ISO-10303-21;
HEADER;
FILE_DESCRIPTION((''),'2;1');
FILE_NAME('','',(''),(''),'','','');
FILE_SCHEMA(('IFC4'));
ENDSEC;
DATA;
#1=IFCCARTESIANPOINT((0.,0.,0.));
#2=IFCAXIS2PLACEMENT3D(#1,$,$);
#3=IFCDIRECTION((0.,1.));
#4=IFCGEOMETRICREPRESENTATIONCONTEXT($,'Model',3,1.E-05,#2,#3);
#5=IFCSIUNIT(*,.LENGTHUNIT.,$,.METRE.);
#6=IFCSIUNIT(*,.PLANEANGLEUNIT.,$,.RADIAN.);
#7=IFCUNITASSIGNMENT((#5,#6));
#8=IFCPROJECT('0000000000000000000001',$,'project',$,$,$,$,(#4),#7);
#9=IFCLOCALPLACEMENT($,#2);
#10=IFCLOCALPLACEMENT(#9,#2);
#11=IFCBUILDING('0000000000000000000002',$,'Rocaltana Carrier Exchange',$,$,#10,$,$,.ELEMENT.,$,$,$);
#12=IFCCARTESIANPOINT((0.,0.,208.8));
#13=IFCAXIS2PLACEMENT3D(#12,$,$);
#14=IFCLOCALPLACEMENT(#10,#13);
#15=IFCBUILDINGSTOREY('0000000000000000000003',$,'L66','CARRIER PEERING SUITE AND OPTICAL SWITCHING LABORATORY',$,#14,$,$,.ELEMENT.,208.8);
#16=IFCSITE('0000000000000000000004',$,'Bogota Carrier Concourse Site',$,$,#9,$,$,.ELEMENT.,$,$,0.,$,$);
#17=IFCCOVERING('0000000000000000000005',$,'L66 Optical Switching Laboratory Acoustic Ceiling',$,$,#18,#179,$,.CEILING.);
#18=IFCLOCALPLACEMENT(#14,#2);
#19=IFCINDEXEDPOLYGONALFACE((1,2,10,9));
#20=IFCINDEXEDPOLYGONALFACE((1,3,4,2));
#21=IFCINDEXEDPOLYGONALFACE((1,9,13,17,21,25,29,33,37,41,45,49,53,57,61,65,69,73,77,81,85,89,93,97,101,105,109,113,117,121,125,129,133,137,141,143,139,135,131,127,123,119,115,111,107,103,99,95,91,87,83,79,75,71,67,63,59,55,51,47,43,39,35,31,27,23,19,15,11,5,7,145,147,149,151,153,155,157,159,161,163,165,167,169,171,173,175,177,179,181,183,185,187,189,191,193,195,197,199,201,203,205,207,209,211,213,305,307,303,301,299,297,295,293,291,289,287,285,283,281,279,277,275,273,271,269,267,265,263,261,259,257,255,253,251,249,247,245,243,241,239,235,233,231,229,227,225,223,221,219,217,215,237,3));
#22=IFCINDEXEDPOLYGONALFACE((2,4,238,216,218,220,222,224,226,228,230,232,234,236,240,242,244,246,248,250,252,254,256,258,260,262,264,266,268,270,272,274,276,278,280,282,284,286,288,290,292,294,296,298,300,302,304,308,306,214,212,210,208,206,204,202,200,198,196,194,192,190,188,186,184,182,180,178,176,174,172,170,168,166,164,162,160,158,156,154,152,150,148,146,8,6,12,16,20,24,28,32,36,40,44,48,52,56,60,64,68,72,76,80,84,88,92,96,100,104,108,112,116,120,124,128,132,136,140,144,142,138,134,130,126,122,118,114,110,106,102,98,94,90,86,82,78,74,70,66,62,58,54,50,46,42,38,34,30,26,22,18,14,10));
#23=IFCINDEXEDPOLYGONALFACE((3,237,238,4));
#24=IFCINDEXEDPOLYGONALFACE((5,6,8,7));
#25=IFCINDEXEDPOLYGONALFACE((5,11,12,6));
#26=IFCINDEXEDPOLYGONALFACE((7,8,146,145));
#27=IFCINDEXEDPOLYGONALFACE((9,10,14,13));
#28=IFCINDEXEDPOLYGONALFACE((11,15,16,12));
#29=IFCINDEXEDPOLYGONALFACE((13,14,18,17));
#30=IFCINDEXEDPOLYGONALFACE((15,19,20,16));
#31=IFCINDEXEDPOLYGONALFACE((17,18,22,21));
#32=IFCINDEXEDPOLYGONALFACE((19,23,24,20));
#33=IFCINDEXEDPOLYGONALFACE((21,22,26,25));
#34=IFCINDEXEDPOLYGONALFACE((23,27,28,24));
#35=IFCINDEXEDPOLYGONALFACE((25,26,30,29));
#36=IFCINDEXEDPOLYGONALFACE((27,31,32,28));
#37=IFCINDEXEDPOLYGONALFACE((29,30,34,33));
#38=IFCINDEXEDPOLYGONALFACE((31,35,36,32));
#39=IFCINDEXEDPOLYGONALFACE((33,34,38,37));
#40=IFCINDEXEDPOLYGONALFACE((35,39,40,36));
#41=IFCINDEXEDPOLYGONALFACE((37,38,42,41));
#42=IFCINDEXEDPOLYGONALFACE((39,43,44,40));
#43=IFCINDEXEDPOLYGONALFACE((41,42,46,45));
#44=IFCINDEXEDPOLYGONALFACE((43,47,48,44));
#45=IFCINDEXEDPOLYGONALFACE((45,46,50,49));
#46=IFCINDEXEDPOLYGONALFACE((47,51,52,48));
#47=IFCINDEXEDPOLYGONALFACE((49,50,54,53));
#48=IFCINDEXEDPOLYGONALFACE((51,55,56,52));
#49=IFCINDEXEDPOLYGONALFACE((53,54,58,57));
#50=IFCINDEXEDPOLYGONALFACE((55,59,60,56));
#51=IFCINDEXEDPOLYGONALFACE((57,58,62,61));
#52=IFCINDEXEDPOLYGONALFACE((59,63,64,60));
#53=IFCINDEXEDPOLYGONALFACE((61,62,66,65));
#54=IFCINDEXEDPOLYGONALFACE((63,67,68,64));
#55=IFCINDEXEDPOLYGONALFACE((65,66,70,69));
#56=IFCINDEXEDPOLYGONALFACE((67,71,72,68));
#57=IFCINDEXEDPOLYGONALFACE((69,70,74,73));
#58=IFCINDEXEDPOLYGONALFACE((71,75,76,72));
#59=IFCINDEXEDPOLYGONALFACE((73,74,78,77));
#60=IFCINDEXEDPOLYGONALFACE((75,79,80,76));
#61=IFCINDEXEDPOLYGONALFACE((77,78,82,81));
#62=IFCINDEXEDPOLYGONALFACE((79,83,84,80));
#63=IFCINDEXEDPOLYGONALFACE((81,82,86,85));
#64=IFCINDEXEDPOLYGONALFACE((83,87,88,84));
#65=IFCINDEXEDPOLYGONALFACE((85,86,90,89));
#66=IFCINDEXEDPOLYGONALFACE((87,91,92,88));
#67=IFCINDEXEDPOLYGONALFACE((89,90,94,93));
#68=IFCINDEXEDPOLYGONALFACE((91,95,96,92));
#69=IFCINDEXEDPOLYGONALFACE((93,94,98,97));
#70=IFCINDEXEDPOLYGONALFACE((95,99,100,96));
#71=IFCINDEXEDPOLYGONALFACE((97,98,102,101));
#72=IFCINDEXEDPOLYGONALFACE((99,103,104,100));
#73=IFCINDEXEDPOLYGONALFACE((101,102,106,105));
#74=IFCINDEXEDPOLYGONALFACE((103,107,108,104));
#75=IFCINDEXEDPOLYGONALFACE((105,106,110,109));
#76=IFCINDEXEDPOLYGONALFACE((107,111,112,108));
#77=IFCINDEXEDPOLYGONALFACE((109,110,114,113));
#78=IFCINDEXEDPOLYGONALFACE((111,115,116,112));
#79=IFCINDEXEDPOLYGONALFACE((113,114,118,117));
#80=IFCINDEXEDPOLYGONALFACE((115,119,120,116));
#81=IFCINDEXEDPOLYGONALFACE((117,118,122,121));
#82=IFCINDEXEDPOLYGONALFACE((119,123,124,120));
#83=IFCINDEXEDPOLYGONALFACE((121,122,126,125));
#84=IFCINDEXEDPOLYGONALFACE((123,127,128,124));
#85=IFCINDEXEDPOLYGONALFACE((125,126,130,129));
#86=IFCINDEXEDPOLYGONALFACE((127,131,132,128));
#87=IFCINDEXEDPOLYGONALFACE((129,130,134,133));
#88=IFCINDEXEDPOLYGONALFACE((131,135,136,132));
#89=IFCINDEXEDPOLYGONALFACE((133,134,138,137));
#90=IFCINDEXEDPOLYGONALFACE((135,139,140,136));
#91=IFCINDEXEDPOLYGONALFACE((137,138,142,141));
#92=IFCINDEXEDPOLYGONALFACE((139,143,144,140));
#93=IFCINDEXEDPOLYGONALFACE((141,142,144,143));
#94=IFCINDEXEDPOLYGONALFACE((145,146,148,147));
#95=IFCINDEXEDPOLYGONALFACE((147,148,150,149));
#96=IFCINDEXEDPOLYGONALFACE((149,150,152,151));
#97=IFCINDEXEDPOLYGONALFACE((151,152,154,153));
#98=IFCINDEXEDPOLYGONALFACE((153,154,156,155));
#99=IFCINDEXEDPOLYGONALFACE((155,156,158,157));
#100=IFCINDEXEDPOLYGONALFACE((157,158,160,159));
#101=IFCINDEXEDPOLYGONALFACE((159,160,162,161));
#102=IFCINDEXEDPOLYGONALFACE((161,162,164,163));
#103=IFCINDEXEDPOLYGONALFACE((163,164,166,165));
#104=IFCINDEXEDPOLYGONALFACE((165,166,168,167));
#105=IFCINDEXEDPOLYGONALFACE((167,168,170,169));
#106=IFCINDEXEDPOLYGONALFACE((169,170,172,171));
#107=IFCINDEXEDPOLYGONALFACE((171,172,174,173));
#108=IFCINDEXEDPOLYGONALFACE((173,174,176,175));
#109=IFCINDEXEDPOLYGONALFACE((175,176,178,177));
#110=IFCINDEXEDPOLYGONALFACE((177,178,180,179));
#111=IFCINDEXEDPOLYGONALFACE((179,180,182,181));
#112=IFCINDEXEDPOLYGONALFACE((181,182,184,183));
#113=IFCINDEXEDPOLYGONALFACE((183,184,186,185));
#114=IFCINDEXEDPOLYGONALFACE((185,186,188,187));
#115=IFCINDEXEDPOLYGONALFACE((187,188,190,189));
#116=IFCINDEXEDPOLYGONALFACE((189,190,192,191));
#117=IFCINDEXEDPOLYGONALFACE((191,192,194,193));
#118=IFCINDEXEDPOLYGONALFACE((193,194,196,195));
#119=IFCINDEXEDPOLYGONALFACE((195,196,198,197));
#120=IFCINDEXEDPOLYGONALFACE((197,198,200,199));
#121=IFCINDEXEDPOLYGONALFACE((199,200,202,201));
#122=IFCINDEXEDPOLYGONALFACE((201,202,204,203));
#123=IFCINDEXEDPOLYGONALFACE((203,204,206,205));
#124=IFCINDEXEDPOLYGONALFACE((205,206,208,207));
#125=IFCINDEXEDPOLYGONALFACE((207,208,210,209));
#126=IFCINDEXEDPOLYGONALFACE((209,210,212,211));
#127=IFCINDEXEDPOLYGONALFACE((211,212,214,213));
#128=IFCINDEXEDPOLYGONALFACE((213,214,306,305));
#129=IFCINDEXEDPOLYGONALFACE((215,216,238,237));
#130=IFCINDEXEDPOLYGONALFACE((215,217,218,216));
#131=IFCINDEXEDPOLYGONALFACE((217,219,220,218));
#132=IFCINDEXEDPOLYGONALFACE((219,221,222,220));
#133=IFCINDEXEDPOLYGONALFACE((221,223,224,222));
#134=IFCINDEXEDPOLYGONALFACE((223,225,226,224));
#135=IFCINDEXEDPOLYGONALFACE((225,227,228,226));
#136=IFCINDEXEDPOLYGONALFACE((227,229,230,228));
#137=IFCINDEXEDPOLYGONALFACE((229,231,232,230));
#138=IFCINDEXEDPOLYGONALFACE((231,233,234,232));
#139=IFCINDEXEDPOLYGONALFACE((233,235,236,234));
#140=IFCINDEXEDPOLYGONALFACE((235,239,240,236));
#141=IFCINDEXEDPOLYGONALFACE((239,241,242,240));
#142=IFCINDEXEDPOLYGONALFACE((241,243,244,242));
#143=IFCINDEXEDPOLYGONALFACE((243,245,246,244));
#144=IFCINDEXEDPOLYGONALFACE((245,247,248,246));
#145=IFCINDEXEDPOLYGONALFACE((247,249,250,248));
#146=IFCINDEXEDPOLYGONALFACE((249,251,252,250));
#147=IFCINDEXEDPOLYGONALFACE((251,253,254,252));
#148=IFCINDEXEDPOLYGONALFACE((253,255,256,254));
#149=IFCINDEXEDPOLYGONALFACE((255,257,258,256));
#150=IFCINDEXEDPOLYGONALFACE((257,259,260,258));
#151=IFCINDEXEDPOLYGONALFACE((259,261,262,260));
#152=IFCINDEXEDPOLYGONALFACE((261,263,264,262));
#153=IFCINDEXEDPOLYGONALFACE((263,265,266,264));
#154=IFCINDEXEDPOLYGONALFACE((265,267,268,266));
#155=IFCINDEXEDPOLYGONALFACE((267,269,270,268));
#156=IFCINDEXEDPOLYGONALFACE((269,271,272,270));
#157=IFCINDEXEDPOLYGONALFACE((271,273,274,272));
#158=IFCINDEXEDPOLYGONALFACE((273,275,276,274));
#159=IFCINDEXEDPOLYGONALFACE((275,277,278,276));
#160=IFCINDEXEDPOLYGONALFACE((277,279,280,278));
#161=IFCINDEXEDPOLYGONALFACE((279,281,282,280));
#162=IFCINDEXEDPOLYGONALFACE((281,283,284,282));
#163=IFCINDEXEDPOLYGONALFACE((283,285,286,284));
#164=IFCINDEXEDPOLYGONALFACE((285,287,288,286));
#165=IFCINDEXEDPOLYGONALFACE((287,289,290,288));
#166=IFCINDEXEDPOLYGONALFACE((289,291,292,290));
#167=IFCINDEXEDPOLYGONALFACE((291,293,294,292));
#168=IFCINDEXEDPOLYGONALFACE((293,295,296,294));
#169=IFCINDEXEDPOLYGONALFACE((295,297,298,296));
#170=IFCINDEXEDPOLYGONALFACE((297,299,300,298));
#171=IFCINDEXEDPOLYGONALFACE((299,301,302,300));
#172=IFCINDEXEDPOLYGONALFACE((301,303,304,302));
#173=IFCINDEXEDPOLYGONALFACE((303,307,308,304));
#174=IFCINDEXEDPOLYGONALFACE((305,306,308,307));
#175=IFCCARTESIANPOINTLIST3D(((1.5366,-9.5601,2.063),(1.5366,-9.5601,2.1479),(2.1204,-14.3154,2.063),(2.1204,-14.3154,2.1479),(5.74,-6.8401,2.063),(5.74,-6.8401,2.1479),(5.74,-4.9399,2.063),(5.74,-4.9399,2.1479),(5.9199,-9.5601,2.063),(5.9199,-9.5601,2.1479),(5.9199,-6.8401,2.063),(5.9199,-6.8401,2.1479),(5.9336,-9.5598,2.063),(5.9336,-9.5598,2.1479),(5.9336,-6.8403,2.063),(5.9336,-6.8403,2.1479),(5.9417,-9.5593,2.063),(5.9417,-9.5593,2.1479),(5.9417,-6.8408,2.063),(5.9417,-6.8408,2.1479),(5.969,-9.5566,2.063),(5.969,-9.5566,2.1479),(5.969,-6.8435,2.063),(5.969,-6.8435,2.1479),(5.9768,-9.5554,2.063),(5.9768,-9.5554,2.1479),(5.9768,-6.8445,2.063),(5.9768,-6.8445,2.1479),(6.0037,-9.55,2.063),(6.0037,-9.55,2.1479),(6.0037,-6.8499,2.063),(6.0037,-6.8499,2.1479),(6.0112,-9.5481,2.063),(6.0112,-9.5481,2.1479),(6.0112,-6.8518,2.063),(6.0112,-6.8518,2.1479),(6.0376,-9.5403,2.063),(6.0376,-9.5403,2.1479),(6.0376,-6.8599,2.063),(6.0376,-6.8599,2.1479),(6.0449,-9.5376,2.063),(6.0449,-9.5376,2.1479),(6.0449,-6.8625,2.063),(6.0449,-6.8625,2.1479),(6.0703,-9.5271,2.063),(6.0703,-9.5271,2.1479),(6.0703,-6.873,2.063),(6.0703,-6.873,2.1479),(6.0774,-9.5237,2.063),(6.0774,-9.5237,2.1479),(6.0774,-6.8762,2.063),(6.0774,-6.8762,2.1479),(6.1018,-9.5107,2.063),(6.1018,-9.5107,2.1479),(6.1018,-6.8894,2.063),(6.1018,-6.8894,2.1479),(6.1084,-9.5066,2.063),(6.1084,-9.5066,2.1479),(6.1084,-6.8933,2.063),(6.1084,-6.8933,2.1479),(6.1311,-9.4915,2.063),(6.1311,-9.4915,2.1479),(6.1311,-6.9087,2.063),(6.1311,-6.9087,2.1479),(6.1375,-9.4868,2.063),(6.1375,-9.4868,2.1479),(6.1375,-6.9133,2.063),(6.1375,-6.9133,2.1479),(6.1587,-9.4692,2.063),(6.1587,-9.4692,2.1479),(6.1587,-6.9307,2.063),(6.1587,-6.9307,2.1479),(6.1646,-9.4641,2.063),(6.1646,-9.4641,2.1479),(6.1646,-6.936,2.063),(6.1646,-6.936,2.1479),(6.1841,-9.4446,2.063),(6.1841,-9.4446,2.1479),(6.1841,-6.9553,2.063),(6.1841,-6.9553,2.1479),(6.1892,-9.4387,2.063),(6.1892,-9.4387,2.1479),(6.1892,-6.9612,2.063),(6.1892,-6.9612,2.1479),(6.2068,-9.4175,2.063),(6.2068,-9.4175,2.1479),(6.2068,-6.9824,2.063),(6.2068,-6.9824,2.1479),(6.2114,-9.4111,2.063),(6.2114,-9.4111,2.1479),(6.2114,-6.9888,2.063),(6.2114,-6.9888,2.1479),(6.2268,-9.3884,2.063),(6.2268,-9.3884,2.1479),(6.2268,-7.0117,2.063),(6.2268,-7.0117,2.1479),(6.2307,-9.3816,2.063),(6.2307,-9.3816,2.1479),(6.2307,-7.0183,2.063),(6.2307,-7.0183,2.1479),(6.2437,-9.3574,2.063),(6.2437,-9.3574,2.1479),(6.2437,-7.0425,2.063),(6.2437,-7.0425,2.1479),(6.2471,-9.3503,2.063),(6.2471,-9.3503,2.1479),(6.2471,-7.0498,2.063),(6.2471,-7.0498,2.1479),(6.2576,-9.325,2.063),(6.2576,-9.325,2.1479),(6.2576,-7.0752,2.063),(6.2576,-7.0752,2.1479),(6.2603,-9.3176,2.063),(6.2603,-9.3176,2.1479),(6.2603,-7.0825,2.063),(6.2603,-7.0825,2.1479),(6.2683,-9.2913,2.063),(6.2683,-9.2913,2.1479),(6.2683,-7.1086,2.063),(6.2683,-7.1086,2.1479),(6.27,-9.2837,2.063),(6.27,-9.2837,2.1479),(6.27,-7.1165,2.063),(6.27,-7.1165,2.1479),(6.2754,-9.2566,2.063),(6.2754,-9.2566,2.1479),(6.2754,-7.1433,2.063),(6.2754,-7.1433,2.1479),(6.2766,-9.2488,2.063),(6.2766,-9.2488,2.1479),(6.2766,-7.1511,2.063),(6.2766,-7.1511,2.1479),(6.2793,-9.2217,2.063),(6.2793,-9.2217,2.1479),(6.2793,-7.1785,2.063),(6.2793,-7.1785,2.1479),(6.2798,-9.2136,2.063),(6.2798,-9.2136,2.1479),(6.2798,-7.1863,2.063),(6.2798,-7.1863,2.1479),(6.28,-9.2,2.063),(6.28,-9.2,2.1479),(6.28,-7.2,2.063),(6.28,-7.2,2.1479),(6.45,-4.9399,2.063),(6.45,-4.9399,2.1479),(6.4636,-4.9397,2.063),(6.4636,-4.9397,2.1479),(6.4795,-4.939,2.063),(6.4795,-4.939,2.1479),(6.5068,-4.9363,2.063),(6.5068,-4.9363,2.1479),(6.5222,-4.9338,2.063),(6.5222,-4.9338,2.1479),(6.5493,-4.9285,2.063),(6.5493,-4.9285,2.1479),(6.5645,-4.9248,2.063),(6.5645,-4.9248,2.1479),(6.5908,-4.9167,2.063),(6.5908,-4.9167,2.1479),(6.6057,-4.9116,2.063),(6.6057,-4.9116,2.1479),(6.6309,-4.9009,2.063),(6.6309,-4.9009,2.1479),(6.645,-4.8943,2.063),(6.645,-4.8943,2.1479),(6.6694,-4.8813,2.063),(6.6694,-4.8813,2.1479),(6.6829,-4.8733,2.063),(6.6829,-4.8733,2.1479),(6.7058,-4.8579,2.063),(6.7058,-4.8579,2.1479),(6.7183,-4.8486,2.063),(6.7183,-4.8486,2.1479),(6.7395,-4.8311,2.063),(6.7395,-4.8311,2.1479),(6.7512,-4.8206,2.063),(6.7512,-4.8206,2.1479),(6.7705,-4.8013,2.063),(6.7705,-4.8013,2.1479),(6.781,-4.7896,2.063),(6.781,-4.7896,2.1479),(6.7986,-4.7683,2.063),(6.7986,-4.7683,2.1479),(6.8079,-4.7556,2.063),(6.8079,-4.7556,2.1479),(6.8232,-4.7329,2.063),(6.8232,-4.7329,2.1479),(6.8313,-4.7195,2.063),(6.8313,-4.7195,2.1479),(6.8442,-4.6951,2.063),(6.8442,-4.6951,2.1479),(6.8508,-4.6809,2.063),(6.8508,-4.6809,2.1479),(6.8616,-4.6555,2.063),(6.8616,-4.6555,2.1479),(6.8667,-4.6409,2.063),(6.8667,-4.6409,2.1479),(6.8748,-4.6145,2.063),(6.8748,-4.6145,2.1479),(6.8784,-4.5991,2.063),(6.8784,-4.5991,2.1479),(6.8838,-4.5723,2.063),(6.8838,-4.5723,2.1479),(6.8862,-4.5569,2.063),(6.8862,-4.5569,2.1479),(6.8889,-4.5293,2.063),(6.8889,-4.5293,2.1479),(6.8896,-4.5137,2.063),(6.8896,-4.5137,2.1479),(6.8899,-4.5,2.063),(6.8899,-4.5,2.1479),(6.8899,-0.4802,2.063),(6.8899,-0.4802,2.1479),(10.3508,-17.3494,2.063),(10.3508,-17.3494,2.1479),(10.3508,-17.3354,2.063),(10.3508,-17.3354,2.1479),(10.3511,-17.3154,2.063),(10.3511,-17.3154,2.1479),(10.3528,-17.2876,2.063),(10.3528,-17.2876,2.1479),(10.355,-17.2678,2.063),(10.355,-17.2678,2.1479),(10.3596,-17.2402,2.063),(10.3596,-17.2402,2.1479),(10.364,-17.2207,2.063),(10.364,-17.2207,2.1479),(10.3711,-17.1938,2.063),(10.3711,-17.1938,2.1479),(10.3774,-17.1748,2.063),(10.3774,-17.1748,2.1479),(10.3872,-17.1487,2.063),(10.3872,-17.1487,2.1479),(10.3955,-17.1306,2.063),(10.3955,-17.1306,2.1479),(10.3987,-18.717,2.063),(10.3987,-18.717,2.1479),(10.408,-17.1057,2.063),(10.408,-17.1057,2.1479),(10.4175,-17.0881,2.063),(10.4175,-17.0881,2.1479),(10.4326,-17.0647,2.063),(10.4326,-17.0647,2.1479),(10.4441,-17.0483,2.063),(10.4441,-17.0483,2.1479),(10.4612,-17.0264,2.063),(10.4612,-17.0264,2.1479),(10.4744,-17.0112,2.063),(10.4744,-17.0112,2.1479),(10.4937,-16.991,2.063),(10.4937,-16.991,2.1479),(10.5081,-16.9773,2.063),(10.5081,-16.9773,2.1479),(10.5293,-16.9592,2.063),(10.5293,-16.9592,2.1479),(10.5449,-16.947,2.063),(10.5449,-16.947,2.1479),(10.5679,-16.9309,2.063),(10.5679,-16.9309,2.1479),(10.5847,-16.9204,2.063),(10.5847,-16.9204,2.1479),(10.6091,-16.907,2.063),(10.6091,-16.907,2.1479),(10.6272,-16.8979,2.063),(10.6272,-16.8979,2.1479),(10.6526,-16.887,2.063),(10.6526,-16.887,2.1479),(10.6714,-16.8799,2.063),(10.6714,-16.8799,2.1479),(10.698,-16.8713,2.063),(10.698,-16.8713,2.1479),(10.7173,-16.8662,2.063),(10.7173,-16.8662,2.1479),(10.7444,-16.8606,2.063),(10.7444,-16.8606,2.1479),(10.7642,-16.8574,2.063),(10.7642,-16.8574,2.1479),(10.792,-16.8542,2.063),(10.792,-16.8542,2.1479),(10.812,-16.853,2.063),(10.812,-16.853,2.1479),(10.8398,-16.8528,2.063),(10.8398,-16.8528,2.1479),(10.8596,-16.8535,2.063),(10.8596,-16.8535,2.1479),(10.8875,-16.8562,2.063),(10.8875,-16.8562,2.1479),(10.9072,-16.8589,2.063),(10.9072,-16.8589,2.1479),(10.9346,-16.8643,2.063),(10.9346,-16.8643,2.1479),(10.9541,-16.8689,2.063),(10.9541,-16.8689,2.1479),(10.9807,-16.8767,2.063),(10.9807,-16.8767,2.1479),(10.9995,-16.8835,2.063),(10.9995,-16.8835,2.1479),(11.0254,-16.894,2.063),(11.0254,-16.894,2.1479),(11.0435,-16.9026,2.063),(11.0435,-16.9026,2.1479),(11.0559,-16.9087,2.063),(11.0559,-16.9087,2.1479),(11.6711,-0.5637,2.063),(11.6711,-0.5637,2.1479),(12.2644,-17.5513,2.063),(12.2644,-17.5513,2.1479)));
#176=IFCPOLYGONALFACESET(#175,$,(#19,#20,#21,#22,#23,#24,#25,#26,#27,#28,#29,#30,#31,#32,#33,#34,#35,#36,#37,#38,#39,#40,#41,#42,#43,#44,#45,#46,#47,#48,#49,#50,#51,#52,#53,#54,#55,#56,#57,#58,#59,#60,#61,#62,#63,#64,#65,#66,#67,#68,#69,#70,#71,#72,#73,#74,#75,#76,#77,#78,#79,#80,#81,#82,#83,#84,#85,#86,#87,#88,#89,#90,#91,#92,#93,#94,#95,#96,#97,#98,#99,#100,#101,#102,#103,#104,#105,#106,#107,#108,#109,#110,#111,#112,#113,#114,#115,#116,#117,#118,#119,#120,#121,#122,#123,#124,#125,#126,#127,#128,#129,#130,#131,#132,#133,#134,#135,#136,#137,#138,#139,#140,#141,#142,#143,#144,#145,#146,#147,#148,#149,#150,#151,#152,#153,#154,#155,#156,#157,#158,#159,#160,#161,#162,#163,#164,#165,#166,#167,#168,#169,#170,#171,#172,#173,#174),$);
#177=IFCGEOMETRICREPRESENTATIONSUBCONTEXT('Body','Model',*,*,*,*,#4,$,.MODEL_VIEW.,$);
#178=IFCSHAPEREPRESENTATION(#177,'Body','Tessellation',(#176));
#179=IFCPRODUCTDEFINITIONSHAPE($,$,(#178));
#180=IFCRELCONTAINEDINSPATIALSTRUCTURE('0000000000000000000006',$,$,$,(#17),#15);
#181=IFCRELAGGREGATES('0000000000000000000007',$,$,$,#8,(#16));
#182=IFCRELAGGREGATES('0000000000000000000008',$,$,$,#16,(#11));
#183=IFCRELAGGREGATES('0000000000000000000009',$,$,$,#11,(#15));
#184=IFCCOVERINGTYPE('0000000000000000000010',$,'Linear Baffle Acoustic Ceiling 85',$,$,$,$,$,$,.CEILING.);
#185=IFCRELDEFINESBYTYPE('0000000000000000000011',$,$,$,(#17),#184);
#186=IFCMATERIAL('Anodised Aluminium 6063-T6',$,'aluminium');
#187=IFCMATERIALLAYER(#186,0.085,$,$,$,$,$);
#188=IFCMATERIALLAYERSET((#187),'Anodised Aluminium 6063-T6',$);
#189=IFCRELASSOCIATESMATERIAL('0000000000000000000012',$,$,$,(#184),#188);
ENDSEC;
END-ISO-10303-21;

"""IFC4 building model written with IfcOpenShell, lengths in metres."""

from ifc_helpers import new_model, si_unit, direction, frame, origin, place, context, subcontext, project, spatial, polyline, outline, extrude, material, layer, layer_set, type_object, element, save


model = new_model("IFC4")

# Units and contexts
model_context = context("Model", 3, precision=1e-05, world=origin(), true_north=direction((0.0, 1.0)))
body_context = subcontext(model_context, "Body", "Model", "MODEL_VIEW")
ifc_project = project(units=[si_unit("LENGTHUNIT", "METRE"), si_unit("PLANEANGLEUNIT", "RADIAN")], contexts=[model_context])

# Site, building, storey
site_placement = place(None, origin())
site = spatial("IfcSite", under=ifc_project, at=site_placement, Name="Bogota Carrier Concourse Site", CompositionType="ELEMENT", RefElevation=0.0)
building_placement = place(site_placement, origin())
building = spatial("IfcBuilding", under=site, at=building_placement, Name="Rocaltana Carrier Exchange", CompositionType="ELEMENT")
storey_placement = place(building_placement, frame((0.0, 0.0, 208.8)))
storey = spatial("IfcBuildingStorey", under=building, at=storey_placement, Name="L66", Description="CARRIER PEERING SUITE AND OPTICAL SWITCHING LABORATORY", CompositionType="ELEMENT", Elevation=208.8)

# Covering
ifc_material_1 = material(Name="Anodised Aluminium 6063-T6", Category="aluminium")
ifc_layer_1 = layer(ifc_material_1, 0.085)
ifc_layer_set_1 = layer_set([ifc_layer_1], Name="Anodised Aluminium 6063-T6")
covering_type_1 = type_object("IfcCoveringType", Name="Linear Baffle Acoustic Ceiling 85", PredefinedType="CEILING", material=ifc_layer_set_1)
covering_1_placement = place(storey_placement, frame((0.0, 0.0, 2.063)))
element("IfcCovering", 1, at=covering_1_placement, inside=storey, type_object=covering_type_1, Name="L66 Optical Switching Laboratory Acoustic Ceiling", PredefinedType="CEILING", context=body_context, shape_type="SweptSolid", body=[
    extrude(outline(polyline([(5.74, -6.8401), (5.74, -4.9399), (6.45, -4.9399), (6.4636, -4.9397), (6.4795, -4.939), (6.5068, -4.9363), (6.5222, -4.9338), (6.5493, -4.9285), (6.5645, -4.9248), (6.5908, -4.9167), (6.6057, -4.9116), (6.6309, -4.9009), (6.645, -4.8943), (6.6694, -4.8813), (6.6829, -4.8733), (6.7058, -4.8579), (6.7183, -4.8486), (6.7395, -4.8311), (6.7512, -4.8206), (6.7705, -4.8013), (6.781, -4.7896), (6.7986, -4.7683), (6.8079, -4.7556), (6.8232, -4.7329), (6.8313, -4.7195), (6.8442, -4.6951), (6.8508, -4.6809), (6.8616, -4.6555), (6.8667, -4.6409), (6.8748, -4.6145), (6.8784, -4.5991), (6.8838, -4.5723), (6.8862, -4.5569), (6.8889, -4.5293), (6.8896, -4.5137), (6.8899, -4.5), (6.8899, -0.4802), (11.6711, -0.5637), (12.2644, -17.5513), (11.0559, -16.9087), (11.0435, -16.9026), (11.0254, -16.894), (10.9995, -16.8835), (10.9807, -16.8767), (10.9541, -16.8689), (10.9346, -16.8643), (10.9072, -16.8589), (10.8875, -16.8562), (10.8596, -16.8535), (10.8398, -16.8528), (10.812, -16.853), (10.792, -16.8542), (10.7642, -16.8574), (10.7444, -16.8606), (10.7173, -16.8662), (10.698, -16.8713), (10.6714, -16.8799), (10.6526, -16.887), (10.6272, -16.8979), (10.6091, -16.907), (10.5847, -16.9204), (10.5679, -16.9309), (10.5449, -16.947), (10.5293, -16.9592), (10.5081, -16.9773), (10.4937, -16.991), (10.4744, -17.0112), (10.4612, -17.0264), (10.4441, -17.0483), (10.4326, -17.0647), (10.4175, -17.0881), (10.408, -17.1057), (10.3955, -17.1306), (10.3872, -17.1487), (10.3774, -17.1748), (10.3711, -17.1938), (10.364, -17.2207), (10.3596, -17.2402), (10.355, -17.2678), (10.3528, -17.2876), (10.3511, -17.3154), (10.3508, -17.3354), (10.3508, -17.3494), (10.3987, -18.717), (2.1204, -14.3154), (1.5366, -9.5601), (5.9199, -9.5601), (5.9336, -9.5598), (5.9417, -9.5593), (5.969, -9.5566), (5.9768, -9.5554), (6.0037, -9.55), (6.0112, -9.5481), (6.0376, -9.5403), (6.0449, -9.5376), (6.0703, -9.5271), (6.0774, -9.5237), (6.1018, -9.5107), (6.1084, -9.5066), (6.1311, -9.4915), (6.1375, -9.4868), (6.1587, -9.4692), (6.1646, -9.4641), (6.1841, -9.4446), (6.1892, -9.4387), (6.2068, -9.4175), (6.2114, -9.4111), (6.2268, -9.3884), (6.2307, -9.3816), (6.2437, -9.3574), (6.2471, -9.3503), (6.2576, -9.325), (6.2603, -9.3176), (6.2683, -9.2913), (6.27, -9.2837), (6.2754, -9.2566), (6.2766, -9.2488), (6.2793, -9.2217), (6.2798, -9.2136), (6.28, -9.2), (6.28, -7.2), (6.2798, -7.1863), (6.2793, -7.1785), (6.2766, -7.1511), (6.2754, -7.1433), (6.27, -7.1165), (6.2683, -7.1086), (6.2603, -7.0825), (6.2576, -7.0752), (6.2471, -7.0498), (6.2437, -7.0425), (6.2307, -7.0183), (6.2268, -7.0117), (6.2114, -6.9888), (6.2068, -6.9824), (6.1892, -6.9612), (6.1841, -6.9553), (6.1646, -6.936), (6.1587, -6.9307), (6.1375, -6.9133), (6.1311, -6.9087), (6.1084, -6.8933), (6.1018, -6.8894), (6.0774, -6.8762), (6.0703, -6.873), (6.0449, -6.8625), (6.0376, -6.8599), (6.0112, -6.8518), (6.0037, -6.8499), (5.9768, -6.8445), (5.969, -6.8435), (5.9417, -6.8408), (5.9336, -6.8403), (5.9199, -6.8401), (5.74, -6.8401)])), origin(), (0.0, 0.0, 1.0), 0.085),
])

save(model, "model.ifc")
